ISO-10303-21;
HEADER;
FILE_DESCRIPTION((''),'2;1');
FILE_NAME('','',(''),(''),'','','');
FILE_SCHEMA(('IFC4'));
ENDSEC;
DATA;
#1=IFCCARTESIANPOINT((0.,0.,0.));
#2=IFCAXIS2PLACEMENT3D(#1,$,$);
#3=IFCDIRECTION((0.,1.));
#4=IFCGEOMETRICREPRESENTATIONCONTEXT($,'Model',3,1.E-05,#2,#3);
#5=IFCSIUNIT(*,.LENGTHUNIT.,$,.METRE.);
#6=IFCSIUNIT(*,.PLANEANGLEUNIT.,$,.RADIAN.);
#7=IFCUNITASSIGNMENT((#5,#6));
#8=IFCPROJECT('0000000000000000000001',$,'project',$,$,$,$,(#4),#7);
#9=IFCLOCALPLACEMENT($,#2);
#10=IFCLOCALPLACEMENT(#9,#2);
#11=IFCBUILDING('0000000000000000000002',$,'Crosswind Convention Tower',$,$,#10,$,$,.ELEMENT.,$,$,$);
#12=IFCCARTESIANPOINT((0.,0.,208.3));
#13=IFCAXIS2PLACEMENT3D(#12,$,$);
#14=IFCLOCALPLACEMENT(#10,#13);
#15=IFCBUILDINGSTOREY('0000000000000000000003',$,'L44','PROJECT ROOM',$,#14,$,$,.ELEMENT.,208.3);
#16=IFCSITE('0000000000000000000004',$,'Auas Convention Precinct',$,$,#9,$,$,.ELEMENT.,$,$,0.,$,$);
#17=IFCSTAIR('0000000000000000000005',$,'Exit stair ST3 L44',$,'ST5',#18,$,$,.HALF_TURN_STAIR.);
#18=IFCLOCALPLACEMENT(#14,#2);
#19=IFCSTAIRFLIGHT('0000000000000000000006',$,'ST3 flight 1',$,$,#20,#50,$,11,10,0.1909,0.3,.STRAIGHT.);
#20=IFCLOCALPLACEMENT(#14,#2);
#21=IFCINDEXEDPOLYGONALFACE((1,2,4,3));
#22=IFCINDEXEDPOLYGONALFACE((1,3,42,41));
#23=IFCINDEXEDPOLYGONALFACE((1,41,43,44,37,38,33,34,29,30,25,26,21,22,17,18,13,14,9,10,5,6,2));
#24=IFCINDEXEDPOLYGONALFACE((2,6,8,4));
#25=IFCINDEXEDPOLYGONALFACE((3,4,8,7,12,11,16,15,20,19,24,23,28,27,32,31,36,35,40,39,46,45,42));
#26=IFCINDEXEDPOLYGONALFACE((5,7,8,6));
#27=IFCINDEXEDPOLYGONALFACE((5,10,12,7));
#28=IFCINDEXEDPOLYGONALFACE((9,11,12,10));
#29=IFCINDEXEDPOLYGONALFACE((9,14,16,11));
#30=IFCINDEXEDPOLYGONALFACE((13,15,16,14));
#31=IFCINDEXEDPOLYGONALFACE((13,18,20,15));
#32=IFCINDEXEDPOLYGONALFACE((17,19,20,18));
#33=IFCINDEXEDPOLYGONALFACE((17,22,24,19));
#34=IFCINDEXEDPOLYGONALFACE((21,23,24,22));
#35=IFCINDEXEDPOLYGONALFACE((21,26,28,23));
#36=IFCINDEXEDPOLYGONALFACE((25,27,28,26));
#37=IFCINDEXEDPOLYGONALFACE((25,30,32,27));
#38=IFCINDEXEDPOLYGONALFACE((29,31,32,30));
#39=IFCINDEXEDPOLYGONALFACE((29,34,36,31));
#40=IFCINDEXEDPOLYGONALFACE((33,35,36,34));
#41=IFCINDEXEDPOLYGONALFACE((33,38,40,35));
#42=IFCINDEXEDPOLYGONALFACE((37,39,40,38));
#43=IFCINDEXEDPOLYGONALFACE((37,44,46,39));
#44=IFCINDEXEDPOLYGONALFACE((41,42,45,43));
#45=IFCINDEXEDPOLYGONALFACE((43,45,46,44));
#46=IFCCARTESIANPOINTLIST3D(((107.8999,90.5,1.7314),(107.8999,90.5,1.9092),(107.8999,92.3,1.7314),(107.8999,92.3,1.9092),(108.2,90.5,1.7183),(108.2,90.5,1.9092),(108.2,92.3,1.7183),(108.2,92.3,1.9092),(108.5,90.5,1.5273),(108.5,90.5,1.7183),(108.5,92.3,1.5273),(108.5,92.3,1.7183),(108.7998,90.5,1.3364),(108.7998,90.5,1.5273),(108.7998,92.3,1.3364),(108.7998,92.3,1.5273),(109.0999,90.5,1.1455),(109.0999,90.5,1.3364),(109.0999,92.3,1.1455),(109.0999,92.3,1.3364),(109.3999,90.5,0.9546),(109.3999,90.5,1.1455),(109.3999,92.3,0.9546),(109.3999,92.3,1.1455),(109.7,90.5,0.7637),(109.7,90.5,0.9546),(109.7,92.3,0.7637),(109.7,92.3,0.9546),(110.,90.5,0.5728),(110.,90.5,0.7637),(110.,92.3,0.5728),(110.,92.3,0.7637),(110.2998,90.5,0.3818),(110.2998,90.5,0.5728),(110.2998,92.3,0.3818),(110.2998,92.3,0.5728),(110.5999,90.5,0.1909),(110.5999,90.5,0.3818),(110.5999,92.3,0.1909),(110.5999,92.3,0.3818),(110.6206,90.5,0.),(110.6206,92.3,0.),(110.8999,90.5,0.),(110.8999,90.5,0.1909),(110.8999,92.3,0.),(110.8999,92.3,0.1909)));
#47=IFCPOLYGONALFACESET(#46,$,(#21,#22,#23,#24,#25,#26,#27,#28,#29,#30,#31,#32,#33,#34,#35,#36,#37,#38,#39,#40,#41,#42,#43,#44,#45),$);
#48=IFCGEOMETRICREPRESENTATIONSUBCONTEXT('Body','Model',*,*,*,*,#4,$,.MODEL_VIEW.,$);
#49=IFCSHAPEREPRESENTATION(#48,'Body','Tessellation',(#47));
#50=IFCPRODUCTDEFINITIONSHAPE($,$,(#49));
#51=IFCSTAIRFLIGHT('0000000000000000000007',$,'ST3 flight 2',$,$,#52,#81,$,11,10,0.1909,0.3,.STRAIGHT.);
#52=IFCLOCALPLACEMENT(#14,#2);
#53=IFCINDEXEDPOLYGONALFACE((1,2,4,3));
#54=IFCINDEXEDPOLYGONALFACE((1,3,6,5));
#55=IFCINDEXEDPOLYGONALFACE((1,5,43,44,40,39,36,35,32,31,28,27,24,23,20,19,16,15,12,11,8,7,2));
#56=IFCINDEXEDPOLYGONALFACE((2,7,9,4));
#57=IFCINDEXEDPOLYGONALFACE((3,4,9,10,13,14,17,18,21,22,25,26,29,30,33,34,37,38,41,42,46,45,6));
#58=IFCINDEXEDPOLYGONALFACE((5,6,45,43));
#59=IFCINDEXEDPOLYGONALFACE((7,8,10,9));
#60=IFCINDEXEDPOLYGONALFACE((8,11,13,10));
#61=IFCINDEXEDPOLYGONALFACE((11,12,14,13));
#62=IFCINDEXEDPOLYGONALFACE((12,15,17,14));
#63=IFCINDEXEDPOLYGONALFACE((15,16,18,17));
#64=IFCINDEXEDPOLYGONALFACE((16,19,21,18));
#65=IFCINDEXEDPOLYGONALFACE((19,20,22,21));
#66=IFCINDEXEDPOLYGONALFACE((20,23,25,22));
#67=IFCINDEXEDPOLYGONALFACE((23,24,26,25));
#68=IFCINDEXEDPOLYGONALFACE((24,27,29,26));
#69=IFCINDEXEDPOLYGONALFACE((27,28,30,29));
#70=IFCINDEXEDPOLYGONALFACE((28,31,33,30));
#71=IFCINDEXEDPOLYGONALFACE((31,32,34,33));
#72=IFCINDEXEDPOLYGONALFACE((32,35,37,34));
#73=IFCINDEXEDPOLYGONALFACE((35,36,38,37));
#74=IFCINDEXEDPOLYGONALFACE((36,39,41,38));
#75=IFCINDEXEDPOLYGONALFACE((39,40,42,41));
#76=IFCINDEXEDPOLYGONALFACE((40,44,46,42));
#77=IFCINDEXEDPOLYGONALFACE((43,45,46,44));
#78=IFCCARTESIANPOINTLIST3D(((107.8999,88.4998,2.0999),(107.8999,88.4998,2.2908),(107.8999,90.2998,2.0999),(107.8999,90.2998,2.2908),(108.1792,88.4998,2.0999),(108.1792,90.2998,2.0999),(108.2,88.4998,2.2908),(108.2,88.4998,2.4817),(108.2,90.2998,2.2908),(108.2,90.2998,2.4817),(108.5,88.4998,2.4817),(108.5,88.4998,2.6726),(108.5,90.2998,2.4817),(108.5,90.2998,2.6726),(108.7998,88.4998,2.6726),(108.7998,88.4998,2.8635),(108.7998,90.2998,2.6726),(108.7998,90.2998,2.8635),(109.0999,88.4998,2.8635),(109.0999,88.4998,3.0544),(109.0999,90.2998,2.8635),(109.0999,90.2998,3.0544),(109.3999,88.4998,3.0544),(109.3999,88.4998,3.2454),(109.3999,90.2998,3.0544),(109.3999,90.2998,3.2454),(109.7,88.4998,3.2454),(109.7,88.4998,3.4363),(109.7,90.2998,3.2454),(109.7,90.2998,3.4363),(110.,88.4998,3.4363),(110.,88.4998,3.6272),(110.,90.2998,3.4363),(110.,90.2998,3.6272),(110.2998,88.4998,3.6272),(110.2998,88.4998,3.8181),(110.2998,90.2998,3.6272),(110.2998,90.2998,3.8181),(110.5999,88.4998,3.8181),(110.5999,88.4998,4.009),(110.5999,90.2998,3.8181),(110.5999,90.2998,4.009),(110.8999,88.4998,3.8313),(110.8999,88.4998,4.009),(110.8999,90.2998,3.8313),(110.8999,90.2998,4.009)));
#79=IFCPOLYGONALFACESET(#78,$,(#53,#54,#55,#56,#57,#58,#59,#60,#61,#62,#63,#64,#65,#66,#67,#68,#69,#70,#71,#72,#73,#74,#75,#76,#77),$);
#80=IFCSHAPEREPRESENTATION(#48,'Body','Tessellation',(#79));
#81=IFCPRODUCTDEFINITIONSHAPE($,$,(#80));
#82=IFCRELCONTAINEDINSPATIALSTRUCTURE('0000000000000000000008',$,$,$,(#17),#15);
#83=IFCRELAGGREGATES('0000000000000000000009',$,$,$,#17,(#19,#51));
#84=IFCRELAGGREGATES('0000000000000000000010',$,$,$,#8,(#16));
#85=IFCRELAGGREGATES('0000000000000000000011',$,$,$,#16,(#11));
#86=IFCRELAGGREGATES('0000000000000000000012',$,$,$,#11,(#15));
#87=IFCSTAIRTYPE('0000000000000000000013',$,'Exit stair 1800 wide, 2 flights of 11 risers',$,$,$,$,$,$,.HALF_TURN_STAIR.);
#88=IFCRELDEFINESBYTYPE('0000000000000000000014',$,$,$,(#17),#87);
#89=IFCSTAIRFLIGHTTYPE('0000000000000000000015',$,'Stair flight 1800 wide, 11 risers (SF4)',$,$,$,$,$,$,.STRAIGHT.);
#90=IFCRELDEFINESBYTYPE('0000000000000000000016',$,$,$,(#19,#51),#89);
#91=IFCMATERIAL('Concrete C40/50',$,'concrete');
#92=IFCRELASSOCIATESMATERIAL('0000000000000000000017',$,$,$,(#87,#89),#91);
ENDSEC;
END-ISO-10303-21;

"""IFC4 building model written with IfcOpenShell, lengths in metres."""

from ifc_helpers import new_model, si_unit, direction, frame, origin, place, context, subcontext, project, spatial, polyline, outline, extrude, material, type_object, element, aggregate, save


model = new_model("IFC4")

# Units and contexts
model_context = context("Model", 3, precision=1e-05, world=origin(), true_north=direction((0.0, 1.0)))
body_context = subcontext(model_context, "Body", "Model", "MODEL_VIEW")
ifc_project = project(units=[si_unit("LENGTHUNIT", "METRE"), si_unit("PLANEANGLEUNIT", "RADIAN")], contexts=[model_context])

# Site, building, storey
site_placement = place(None, origin())
site = spatial("IfcSite", under=ifc_project, at=site_placement, Name="Auas Convention Precinct", CompositionType="ELEMENT", RefElevation=0.0)
building_placement = place(site_placement, origin())
building = spatial("IfcBuilding", under=site, at=building_placement, Name="Crosswind Convention Tower", CompositionType="ELEMENT")
storey_placement = place(building_placement, frame((0.0, 0.0, 208.3)))
storey = spatial("IfcBuildingStorey", under=building, at=storey_placement, Name="L44", Description="PROJECT ROOM", CompositionType="ELEMENT", Elevation=208.3)

# Shared definitions
ifc_material_1 = material(Name="Concrete C40/50", Category="concrete")

# Stair
stair_type = type_object("IfcStairType", Name="Exit stair 1800 wide, 2 flights of 11 risers", PredefinedType="HALF_TURN_STAIR", material=ifc_material_1)
stair_1_placement = place(storey_placement, origin())
stair_1 = element("IfcStair", 1, at=stair_1_placement, inside=storey, type_object=stair_type, Name="Exit stair ST3 L44", ObjectType="ST5", PredefinedType="HALF_TURN_STAIR")

# Stair flights
stair_flight_type = type_object("IfcStairFlightType", Name="Stair flight 1800 wide, 11 risers (SF4)", PredefinedType="STRAIGHT", material=ifc_material_1)
stair_flight_1_placement = place(storey_placement, frame((110.8999, 91.3999, 0.0), z_axis=(0.0, 0.0, 1.0), x_axis=(-1.0, 0.0, 0.0)))
stair_flight_1 = element("IfcStairFlight", 2, at=stair_flight_1_placement, type_object=stair_flight_type, Name="ST3 flight 1", NumberOfRisers=11, NumberOfTreads=10, PredefinedType="STRAIGHT", RiserHeight=0.1909, TreadLength=0.3, context=body_context, shape_type="SweptSolid", body=[
    extrude(outline(polyline([(0.0, 0.0), (0.0, 0.1909), (0.3, 0.1909), (0.3, 0.3818), (0.6001, 0.3818), (0.6001, 0.5728), (0.8999, 0.5728), (0.8999, 0.7637), (1.2, 0.7637), (1.2, 0.9546), (1.5, 0.9546), (1.5, 1.1455), (1.8, 1.1455), (1.8, 1.3364), (2.1001, 1.3364), (2.1001, 1.5273), (2.3999, 1.5273), (2.3999, 1.7183), (2.7, 1.7183), (2.7, 1.9092), (3.0, 1.9092), (3.0, 2.1001), (3.0, 1.7314), (0.2793, 0.0), (0.0, 0.0)])), frame((0.0, 0.8999, 0.0), z_axis=(0.0, -1.0, 0.0), x_axis=(1.0, 0.0, 0.0)), (0.0, 0.0, 1.0), 1.8),
])
stair_flight_2_placement = place(storey_placement, frame((107.8999, 89.3999, 2.0999), z_axis=(0.0, 0.0, 1.0), x_axis=(1.0, 0.0, 0.0)))
stair_flight_2 = element("IfcStairFlight", 3, at=stair_flight_2_placement, type_object=stair_flight_type, Name="ST3 flight 2", NumberOfRisers=11, NumberOfTreads=10, PredefinedType="STRAIGHT", RiserHeight=0.1909, TreadLength=0.3, context=body_context, shape_type="SweptSolid", body=[
    extrude(outline(polyline([(0.0, 0.0), (0.0, 0.1909), (0.3, 0.1909), (0.3, 0.3818), (0.6001, 0.3818), (0.6001, 0.5728), (0.8999, 0.5728), (0.8999, 0.7637), (1.2, 0.7637), (1.2, 0.9546), (1.5, 0.9546), (1.5, 1.1455), (1.8, 1.1455), (1.8, 1.3364), (2.1001, 1.3364), (2.1001, 1.5273), (2.3999, 1.5273), (2.3999, 1.7183), (2.7, 1.7183), (2.7, 1.9092), (3.0, 1.9092), (3.0, 2.1001), (3.0, 1.7314), (0.2793, 0.0), (0.0, 0.0)])), frame((0.0, 0.8999, 0.0), z_axis=(0.0, -1.0, 0.0), x_axis=(1.0, 0.0, 0.0)), (0.0, 0.0, 1.0), 1.8),
])
aggregate(stair_1, [stair_flight_1, stair_flight_2])

save(model, "model.ifc")
